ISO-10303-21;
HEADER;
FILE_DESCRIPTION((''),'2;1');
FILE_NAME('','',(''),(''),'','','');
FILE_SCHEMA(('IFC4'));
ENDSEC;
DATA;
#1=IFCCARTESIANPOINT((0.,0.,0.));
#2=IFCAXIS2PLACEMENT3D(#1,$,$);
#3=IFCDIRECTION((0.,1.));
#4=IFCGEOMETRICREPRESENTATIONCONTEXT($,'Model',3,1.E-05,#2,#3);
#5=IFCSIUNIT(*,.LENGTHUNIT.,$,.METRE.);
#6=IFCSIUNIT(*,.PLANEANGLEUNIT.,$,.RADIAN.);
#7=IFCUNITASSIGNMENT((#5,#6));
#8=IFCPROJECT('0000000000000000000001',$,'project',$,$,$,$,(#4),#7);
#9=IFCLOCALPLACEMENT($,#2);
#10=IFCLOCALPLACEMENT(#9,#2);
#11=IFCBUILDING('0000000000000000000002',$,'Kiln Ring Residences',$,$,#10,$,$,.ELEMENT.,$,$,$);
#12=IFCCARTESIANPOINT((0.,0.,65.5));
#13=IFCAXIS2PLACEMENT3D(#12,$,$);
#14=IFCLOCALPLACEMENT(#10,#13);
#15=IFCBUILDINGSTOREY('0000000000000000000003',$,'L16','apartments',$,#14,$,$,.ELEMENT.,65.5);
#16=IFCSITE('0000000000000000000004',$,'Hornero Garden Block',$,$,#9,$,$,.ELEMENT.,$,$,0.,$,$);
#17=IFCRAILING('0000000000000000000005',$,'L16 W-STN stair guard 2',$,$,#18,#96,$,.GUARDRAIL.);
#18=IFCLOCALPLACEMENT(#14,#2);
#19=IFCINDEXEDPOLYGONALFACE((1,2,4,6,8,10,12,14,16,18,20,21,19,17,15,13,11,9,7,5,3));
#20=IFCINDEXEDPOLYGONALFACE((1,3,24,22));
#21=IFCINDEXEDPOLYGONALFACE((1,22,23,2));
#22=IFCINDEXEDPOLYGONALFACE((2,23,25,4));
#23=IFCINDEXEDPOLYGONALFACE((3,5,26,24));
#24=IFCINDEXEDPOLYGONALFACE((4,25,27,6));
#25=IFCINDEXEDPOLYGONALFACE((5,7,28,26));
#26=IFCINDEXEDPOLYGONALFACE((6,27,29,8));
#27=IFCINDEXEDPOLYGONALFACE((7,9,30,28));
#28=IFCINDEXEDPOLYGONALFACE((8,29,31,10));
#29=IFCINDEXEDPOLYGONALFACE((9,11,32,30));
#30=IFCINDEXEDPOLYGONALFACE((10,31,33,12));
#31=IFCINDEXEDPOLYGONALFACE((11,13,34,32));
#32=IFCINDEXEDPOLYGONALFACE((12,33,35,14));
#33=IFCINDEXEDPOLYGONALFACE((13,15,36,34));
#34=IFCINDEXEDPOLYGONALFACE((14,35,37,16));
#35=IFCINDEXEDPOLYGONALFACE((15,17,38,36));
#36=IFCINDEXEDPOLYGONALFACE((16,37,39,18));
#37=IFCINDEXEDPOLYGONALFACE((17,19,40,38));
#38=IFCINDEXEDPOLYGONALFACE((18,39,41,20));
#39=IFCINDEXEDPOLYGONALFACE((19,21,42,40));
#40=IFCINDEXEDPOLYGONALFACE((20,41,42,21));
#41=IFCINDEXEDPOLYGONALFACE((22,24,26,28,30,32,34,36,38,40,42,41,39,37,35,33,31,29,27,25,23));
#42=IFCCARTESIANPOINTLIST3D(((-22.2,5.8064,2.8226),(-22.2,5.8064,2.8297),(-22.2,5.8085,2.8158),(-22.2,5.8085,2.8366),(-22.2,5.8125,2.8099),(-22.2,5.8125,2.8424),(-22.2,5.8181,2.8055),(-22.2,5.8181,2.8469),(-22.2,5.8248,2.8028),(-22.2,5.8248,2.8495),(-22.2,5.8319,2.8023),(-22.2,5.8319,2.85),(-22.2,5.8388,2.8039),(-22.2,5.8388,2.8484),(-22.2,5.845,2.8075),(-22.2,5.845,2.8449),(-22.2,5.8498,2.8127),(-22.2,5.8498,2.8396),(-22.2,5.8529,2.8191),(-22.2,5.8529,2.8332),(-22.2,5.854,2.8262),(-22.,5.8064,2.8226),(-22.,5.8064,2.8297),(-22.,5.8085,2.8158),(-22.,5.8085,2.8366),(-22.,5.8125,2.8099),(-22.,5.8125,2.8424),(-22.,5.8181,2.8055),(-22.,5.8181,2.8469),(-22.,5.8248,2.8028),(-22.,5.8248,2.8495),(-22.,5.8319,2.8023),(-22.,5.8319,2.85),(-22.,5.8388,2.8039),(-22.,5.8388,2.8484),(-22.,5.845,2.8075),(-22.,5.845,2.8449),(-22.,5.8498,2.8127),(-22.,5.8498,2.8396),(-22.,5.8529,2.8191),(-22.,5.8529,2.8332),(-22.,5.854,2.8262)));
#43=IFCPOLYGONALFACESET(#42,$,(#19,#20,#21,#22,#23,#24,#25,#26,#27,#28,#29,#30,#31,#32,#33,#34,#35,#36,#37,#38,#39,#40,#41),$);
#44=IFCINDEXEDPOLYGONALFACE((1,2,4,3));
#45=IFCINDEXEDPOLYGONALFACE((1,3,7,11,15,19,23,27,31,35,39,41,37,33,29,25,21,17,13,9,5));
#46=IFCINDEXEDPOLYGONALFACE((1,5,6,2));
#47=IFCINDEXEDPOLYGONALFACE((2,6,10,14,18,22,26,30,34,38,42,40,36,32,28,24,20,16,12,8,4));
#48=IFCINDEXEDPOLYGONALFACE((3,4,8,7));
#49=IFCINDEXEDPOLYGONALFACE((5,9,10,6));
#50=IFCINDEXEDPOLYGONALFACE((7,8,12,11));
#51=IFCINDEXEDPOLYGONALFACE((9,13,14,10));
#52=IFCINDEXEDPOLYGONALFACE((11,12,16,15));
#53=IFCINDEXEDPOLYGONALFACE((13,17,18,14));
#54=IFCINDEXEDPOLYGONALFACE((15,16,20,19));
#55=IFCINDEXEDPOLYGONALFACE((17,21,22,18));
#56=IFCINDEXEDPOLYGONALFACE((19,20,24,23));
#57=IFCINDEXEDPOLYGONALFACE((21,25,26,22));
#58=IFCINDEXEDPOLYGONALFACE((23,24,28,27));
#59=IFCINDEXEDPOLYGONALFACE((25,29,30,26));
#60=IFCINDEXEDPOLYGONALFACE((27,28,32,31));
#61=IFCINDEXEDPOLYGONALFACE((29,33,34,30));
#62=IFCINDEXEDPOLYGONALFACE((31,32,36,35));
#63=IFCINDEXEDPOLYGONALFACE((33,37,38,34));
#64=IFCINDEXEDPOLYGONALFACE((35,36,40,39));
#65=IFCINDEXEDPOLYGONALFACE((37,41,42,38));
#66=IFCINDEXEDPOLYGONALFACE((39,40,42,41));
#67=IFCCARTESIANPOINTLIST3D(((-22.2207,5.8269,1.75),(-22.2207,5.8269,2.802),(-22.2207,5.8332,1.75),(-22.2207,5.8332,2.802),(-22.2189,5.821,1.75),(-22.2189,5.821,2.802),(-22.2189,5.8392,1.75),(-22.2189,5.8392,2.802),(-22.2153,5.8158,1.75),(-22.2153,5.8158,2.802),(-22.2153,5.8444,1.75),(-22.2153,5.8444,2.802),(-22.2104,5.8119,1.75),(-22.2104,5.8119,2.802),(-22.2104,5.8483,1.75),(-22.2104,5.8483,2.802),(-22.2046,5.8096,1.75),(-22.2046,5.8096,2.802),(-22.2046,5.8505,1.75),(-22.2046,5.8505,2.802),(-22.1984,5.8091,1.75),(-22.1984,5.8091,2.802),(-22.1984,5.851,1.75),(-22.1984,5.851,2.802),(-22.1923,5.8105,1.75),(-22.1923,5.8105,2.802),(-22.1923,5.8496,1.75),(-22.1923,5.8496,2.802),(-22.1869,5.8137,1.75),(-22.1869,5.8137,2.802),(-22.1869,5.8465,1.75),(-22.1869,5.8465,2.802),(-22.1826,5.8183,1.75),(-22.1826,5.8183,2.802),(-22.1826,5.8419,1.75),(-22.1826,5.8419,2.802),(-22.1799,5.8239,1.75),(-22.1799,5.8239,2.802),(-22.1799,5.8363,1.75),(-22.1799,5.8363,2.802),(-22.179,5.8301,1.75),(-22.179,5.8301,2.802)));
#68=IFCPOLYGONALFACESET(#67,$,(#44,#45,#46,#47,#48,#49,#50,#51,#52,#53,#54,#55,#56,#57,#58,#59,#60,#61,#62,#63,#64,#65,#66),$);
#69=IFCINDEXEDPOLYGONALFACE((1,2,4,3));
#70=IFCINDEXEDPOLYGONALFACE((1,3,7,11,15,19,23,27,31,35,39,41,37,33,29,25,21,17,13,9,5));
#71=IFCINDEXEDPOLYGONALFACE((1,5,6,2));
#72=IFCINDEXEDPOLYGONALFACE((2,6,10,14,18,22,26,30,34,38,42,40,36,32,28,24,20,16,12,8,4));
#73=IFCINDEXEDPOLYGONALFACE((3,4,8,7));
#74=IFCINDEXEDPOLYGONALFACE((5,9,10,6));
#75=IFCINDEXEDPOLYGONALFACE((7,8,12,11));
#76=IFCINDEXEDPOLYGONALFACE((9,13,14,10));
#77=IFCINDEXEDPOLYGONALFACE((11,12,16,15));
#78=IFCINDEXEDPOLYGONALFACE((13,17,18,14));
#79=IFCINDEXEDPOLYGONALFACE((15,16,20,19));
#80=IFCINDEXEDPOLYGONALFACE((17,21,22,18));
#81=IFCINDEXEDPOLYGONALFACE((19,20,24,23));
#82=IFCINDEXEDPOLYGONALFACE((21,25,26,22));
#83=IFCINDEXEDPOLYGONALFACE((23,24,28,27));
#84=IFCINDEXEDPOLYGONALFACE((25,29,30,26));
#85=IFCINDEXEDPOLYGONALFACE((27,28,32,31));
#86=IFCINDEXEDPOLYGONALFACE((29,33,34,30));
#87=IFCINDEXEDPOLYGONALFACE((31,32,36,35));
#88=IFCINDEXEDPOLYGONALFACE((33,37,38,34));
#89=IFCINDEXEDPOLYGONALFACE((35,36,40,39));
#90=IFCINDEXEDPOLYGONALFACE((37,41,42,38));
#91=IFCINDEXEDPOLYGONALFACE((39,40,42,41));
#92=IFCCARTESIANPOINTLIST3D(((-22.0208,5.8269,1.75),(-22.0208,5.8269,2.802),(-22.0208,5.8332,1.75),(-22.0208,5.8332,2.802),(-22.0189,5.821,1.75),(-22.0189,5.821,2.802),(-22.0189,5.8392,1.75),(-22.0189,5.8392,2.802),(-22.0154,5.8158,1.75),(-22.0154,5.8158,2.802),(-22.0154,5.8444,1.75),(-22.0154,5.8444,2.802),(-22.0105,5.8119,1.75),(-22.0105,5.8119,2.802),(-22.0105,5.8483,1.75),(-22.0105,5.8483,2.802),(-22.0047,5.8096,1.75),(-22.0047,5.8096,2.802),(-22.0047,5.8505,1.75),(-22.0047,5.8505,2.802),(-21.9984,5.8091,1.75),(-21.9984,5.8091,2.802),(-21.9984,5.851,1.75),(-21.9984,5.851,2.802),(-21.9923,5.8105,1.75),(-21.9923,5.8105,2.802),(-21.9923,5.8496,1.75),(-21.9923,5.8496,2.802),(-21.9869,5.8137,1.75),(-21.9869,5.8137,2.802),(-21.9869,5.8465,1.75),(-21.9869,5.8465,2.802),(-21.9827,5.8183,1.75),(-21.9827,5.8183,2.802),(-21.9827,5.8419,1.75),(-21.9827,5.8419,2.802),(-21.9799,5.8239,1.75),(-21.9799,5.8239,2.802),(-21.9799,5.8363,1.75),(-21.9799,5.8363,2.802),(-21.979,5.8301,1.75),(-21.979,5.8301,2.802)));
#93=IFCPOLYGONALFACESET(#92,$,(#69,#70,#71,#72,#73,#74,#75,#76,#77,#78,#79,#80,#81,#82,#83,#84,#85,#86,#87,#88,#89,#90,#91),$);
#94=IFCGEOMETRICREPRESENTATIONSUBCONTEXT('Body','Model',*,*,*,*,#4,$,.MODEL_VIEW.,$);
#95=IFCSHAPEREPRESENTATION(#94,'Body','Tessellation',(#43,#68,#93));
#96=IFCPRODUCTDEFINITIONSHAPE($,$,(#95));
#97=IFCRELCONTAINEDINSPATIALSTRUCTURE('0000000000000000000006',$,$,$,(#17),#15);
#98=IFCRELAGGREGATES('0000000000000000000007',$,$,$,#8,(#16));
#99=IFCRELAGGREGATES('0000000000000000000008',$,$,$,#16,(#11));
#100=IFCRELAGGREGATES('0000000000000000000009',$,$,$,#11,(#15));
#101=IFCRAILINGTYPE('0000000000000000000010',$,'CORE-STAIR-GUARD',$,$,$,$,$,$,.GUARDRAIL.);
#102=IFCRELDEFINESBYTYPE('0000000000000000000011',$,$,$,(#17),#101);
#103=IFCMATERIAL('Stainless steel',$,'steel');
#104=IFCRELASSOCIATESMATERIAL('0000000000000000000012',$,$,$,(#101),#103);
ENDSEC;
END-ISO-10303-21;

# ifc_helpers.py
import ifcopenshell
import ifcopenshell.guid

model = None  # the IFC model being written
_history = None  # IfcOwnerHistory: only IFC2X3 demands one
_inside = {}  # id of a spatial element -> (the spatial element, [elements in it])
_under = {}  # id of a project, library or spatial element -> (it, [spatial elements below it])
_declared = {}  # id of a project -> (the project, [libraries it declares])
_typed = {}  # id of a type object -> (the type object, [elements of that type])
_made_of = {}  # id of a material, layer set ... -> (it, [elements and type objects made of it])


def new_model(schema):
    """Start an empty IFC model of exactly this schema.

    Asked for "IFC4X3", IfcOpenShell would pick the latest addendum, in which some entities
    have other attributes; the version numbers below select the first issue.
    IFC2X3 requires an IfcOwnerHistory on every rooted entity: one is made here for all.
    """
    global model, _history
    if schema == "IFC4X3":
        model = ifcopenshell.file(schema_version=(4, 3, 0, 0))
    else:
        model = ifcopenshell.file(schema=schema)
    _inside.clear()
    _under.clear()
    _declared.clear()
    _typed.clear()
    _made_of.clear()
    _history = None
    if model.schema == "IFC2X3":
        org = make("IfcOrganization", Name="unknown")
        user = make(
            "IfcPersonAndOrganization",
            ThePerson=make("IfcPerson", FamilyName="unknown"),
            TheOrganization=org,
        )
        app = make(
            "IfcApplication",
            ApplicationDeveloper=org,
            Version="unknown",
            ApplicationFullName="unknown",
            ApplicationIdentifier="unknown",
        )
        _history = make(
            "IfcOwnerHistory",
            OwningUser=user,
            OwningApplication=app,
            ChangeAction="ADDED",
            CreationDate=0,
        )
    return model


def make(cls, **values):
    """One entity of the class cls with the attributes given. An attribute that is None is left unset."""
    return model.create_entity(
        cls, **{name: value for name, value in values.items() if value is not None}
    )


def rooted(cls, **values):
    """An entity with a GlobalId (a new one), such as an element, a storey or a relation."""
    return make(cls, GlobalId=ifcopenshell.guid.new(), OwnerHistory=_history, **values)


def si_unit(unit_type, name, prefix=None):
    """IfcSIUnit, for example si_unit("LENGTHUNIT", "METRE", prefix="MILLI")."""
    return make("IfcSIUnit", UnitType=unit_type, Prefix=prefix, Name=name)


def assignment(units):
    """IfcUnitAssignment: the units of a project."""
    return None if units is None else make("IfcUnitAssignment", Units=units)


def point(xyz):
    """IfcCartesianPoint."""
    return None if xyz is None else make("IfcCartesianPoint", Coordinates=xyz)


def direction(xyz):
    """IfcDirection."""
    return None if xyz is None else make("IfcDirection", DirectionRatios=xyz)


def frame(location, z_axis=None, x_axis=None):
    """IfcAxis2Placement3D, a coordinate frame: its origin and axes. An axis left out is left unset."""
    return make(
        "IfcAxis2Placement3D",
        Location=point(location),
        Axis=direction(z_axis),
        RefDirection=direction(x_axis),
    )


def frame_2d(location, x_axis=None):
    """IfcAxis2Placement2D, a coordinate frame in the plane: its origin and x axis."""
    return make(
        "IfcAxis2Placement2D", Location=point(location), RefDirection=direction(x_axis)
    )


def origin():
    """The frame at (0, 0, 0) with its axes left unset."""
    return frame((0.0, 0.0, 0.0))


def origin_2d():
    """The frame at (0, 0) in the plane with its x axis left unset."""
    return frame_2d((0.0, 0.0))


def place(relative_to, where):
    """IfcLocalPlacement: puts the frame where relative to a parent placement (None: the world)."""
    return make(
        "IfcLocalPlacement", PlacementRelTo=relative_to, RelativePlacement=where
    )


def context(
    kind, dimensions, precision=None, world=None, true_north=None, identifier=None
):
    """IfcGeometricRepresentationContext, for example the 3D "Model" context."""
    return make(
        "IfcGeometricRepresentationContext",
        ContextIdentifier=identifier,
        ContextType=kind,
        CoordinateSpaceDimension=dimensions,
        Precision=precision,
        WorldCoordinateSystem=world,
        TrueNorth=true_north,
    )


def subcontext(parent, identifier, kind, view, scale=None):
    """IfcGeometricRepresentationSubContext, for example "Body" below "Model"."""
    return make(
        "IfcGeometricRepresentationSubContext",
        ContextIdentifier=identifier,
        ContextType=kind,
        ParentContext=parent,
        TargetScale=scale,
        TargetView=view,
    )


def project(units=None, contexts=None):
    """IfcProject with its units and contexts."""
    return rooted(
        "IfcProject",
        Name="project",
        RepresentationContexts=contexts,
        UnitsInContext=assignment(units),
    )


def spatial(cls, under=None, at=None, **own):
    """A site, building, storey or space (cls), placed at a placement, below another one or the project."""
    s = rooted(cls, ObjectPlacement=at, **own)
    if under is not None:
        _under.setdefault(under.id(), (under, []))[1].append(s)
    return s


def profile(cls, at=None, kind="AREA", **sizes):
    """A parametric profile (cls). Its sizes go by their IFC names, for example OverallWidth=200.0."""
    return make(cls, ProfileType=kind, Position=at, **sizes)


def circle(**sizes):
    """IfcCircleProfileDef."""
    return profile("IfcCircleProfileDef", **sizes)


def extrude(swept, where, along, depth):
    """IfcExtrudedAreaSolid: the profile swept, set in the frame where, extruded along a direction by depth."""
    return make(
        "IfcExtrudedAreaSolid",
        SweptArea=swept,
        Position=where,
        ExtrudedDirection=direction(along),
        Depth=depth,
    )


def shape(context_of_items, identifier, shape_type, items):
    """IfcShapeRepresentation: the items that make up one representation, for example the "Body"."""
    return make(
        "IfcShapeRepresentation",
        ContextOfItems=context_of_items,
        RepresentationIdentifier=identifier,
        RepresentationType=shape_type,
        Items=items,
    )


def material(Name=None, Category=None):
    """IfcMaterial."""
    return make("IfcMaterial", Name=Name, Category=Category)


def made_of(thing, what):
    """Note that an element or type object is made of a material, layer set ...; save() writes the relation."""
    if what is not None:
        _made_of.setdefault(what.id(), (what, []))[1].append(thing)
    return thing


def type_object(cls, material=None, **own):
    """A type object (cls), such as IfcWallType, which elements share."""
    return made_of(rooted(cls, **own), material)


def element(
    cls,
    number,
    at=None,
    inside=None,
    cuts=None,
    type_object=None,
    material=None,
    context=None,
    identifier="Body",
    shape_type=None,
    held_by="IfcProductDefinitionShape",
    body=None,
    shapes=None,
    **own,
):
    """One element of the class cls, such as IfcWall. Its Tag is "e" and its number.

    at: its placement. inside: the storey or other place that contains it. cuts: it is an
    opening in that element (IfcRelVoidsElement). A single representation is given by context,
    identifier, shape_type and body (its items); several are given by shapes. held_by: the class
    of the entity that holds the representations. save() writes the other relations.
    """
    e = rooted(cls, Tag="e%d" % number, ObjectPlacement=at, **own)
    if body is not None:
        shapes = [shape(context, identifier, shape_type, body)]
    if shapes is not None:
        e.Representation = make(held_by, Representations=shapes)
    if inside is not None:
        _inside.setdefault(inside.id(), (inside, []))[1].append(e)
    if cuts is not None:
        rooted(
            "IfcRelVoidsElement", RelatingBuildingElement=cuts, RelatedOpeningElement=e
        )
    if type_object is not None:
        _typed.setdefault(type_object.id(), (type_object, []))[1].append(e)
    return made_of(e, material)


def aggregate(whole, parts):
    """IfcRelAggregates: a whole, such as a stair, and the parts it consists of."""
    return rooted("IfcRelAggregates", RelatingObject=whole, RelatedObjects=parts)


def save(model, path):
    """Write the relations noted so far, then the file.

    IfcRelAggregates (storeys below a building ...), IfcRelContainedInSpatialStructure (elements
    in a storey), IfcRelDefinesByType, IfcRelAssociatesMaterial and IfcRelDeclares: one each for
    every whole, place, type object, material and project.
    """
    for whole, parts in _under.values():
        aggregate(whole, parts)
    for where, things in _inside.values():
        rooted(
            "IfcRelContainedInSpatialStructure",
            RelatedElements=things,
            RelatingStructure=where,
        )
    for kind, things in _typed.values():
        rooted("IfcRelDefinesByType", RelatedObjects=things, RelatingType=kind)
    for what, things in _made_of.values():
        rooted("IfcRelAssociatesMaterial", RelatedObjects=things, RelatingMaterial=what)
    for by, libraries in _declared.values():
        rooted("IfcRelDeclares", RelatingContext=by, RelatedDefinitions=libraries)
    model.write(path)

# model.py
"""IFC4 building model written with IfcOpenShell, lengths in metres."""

from ifc_helpers import new_model, si_unit, direction, frame, origin, origin_2d, place, context, subcontext, project, spatial, circle, extrude, material, type_object, element, save


model = new_model("IFC4")

# Units and contexts
model_context = context("Model", 3, precision=1e-05, world=origin(), true_north=direction((0.0, 1.0)))
body_context = subcontext(model_context, "Body", "Model", "MODEL_VIEW")
ifc_project = project(units=[si_unit("LENGTHUNIT", "METRE"), si_unit("PLANEANGLEUNIT", "RADIAN")], contexts=[model_context])

# Site, building, storey
site_placement = place(None, origin())
site = spatial("IfcSite", under=ifc_project, at=site_placement, Name="Hornero Garden Block", CompositionType="ELEMENT", RefElevation=0.0)
building_placement = place(site_placement, origin())
building = spatial("IfcBuilding", under=site, at=building_placement, Name="Kiln Ring Residences", CompositionType="ELEMENT")
storey_placement = place(building_placement, frame((0.0, 0.0, 65.5)))
storey = spatial("IfcBuildingStorey", under=building, at=storey_placement, Name="L16", Description="apartments", CompositionType="ELEMENT", Elevation=65.5)

# Railing
ifc_material_1 = material(Name="Stainless steel", Category="steel")
railing_type_1 = type_object("IfcRailingType", Name="CORE-STAIR-GUARD", PredefinedType="GUARDRAIL", material=ifc_material_1)
railing_1_placement = place(storey_placement, frame((-22.2, 5.8301, 1.75)))
element("IfcRailing", 1, at=railing_1_placement, inside=storey, type_object=railing_type_1, Name="L16 W-STN stair guard 2", PredefinedType="GUARDRAIL", context=body_context, shape_type="SweptSolid", body=[
    extrude(circle(Radius=0.0239, at=origin_2d()), frame((0.0, 0.0, 1.0762), z_axis=(1.0, 0.0, 0.0), x_axis=(0.0, 1.0, 0.0)), (0.0, 0.0, 1.0), 0.2),
    extrude(circle(Radius=0.021, at=origin_2d()), origin(), (0.0, 0.0, 1.0), 1.052),
    extrude(circle(Radius=0.021, at=origin_2d()), frame((0.2, 0.0, 0.0)), (0.0, 0.0, 1.0), 1.052),
])

save(model, "model.ifc")
